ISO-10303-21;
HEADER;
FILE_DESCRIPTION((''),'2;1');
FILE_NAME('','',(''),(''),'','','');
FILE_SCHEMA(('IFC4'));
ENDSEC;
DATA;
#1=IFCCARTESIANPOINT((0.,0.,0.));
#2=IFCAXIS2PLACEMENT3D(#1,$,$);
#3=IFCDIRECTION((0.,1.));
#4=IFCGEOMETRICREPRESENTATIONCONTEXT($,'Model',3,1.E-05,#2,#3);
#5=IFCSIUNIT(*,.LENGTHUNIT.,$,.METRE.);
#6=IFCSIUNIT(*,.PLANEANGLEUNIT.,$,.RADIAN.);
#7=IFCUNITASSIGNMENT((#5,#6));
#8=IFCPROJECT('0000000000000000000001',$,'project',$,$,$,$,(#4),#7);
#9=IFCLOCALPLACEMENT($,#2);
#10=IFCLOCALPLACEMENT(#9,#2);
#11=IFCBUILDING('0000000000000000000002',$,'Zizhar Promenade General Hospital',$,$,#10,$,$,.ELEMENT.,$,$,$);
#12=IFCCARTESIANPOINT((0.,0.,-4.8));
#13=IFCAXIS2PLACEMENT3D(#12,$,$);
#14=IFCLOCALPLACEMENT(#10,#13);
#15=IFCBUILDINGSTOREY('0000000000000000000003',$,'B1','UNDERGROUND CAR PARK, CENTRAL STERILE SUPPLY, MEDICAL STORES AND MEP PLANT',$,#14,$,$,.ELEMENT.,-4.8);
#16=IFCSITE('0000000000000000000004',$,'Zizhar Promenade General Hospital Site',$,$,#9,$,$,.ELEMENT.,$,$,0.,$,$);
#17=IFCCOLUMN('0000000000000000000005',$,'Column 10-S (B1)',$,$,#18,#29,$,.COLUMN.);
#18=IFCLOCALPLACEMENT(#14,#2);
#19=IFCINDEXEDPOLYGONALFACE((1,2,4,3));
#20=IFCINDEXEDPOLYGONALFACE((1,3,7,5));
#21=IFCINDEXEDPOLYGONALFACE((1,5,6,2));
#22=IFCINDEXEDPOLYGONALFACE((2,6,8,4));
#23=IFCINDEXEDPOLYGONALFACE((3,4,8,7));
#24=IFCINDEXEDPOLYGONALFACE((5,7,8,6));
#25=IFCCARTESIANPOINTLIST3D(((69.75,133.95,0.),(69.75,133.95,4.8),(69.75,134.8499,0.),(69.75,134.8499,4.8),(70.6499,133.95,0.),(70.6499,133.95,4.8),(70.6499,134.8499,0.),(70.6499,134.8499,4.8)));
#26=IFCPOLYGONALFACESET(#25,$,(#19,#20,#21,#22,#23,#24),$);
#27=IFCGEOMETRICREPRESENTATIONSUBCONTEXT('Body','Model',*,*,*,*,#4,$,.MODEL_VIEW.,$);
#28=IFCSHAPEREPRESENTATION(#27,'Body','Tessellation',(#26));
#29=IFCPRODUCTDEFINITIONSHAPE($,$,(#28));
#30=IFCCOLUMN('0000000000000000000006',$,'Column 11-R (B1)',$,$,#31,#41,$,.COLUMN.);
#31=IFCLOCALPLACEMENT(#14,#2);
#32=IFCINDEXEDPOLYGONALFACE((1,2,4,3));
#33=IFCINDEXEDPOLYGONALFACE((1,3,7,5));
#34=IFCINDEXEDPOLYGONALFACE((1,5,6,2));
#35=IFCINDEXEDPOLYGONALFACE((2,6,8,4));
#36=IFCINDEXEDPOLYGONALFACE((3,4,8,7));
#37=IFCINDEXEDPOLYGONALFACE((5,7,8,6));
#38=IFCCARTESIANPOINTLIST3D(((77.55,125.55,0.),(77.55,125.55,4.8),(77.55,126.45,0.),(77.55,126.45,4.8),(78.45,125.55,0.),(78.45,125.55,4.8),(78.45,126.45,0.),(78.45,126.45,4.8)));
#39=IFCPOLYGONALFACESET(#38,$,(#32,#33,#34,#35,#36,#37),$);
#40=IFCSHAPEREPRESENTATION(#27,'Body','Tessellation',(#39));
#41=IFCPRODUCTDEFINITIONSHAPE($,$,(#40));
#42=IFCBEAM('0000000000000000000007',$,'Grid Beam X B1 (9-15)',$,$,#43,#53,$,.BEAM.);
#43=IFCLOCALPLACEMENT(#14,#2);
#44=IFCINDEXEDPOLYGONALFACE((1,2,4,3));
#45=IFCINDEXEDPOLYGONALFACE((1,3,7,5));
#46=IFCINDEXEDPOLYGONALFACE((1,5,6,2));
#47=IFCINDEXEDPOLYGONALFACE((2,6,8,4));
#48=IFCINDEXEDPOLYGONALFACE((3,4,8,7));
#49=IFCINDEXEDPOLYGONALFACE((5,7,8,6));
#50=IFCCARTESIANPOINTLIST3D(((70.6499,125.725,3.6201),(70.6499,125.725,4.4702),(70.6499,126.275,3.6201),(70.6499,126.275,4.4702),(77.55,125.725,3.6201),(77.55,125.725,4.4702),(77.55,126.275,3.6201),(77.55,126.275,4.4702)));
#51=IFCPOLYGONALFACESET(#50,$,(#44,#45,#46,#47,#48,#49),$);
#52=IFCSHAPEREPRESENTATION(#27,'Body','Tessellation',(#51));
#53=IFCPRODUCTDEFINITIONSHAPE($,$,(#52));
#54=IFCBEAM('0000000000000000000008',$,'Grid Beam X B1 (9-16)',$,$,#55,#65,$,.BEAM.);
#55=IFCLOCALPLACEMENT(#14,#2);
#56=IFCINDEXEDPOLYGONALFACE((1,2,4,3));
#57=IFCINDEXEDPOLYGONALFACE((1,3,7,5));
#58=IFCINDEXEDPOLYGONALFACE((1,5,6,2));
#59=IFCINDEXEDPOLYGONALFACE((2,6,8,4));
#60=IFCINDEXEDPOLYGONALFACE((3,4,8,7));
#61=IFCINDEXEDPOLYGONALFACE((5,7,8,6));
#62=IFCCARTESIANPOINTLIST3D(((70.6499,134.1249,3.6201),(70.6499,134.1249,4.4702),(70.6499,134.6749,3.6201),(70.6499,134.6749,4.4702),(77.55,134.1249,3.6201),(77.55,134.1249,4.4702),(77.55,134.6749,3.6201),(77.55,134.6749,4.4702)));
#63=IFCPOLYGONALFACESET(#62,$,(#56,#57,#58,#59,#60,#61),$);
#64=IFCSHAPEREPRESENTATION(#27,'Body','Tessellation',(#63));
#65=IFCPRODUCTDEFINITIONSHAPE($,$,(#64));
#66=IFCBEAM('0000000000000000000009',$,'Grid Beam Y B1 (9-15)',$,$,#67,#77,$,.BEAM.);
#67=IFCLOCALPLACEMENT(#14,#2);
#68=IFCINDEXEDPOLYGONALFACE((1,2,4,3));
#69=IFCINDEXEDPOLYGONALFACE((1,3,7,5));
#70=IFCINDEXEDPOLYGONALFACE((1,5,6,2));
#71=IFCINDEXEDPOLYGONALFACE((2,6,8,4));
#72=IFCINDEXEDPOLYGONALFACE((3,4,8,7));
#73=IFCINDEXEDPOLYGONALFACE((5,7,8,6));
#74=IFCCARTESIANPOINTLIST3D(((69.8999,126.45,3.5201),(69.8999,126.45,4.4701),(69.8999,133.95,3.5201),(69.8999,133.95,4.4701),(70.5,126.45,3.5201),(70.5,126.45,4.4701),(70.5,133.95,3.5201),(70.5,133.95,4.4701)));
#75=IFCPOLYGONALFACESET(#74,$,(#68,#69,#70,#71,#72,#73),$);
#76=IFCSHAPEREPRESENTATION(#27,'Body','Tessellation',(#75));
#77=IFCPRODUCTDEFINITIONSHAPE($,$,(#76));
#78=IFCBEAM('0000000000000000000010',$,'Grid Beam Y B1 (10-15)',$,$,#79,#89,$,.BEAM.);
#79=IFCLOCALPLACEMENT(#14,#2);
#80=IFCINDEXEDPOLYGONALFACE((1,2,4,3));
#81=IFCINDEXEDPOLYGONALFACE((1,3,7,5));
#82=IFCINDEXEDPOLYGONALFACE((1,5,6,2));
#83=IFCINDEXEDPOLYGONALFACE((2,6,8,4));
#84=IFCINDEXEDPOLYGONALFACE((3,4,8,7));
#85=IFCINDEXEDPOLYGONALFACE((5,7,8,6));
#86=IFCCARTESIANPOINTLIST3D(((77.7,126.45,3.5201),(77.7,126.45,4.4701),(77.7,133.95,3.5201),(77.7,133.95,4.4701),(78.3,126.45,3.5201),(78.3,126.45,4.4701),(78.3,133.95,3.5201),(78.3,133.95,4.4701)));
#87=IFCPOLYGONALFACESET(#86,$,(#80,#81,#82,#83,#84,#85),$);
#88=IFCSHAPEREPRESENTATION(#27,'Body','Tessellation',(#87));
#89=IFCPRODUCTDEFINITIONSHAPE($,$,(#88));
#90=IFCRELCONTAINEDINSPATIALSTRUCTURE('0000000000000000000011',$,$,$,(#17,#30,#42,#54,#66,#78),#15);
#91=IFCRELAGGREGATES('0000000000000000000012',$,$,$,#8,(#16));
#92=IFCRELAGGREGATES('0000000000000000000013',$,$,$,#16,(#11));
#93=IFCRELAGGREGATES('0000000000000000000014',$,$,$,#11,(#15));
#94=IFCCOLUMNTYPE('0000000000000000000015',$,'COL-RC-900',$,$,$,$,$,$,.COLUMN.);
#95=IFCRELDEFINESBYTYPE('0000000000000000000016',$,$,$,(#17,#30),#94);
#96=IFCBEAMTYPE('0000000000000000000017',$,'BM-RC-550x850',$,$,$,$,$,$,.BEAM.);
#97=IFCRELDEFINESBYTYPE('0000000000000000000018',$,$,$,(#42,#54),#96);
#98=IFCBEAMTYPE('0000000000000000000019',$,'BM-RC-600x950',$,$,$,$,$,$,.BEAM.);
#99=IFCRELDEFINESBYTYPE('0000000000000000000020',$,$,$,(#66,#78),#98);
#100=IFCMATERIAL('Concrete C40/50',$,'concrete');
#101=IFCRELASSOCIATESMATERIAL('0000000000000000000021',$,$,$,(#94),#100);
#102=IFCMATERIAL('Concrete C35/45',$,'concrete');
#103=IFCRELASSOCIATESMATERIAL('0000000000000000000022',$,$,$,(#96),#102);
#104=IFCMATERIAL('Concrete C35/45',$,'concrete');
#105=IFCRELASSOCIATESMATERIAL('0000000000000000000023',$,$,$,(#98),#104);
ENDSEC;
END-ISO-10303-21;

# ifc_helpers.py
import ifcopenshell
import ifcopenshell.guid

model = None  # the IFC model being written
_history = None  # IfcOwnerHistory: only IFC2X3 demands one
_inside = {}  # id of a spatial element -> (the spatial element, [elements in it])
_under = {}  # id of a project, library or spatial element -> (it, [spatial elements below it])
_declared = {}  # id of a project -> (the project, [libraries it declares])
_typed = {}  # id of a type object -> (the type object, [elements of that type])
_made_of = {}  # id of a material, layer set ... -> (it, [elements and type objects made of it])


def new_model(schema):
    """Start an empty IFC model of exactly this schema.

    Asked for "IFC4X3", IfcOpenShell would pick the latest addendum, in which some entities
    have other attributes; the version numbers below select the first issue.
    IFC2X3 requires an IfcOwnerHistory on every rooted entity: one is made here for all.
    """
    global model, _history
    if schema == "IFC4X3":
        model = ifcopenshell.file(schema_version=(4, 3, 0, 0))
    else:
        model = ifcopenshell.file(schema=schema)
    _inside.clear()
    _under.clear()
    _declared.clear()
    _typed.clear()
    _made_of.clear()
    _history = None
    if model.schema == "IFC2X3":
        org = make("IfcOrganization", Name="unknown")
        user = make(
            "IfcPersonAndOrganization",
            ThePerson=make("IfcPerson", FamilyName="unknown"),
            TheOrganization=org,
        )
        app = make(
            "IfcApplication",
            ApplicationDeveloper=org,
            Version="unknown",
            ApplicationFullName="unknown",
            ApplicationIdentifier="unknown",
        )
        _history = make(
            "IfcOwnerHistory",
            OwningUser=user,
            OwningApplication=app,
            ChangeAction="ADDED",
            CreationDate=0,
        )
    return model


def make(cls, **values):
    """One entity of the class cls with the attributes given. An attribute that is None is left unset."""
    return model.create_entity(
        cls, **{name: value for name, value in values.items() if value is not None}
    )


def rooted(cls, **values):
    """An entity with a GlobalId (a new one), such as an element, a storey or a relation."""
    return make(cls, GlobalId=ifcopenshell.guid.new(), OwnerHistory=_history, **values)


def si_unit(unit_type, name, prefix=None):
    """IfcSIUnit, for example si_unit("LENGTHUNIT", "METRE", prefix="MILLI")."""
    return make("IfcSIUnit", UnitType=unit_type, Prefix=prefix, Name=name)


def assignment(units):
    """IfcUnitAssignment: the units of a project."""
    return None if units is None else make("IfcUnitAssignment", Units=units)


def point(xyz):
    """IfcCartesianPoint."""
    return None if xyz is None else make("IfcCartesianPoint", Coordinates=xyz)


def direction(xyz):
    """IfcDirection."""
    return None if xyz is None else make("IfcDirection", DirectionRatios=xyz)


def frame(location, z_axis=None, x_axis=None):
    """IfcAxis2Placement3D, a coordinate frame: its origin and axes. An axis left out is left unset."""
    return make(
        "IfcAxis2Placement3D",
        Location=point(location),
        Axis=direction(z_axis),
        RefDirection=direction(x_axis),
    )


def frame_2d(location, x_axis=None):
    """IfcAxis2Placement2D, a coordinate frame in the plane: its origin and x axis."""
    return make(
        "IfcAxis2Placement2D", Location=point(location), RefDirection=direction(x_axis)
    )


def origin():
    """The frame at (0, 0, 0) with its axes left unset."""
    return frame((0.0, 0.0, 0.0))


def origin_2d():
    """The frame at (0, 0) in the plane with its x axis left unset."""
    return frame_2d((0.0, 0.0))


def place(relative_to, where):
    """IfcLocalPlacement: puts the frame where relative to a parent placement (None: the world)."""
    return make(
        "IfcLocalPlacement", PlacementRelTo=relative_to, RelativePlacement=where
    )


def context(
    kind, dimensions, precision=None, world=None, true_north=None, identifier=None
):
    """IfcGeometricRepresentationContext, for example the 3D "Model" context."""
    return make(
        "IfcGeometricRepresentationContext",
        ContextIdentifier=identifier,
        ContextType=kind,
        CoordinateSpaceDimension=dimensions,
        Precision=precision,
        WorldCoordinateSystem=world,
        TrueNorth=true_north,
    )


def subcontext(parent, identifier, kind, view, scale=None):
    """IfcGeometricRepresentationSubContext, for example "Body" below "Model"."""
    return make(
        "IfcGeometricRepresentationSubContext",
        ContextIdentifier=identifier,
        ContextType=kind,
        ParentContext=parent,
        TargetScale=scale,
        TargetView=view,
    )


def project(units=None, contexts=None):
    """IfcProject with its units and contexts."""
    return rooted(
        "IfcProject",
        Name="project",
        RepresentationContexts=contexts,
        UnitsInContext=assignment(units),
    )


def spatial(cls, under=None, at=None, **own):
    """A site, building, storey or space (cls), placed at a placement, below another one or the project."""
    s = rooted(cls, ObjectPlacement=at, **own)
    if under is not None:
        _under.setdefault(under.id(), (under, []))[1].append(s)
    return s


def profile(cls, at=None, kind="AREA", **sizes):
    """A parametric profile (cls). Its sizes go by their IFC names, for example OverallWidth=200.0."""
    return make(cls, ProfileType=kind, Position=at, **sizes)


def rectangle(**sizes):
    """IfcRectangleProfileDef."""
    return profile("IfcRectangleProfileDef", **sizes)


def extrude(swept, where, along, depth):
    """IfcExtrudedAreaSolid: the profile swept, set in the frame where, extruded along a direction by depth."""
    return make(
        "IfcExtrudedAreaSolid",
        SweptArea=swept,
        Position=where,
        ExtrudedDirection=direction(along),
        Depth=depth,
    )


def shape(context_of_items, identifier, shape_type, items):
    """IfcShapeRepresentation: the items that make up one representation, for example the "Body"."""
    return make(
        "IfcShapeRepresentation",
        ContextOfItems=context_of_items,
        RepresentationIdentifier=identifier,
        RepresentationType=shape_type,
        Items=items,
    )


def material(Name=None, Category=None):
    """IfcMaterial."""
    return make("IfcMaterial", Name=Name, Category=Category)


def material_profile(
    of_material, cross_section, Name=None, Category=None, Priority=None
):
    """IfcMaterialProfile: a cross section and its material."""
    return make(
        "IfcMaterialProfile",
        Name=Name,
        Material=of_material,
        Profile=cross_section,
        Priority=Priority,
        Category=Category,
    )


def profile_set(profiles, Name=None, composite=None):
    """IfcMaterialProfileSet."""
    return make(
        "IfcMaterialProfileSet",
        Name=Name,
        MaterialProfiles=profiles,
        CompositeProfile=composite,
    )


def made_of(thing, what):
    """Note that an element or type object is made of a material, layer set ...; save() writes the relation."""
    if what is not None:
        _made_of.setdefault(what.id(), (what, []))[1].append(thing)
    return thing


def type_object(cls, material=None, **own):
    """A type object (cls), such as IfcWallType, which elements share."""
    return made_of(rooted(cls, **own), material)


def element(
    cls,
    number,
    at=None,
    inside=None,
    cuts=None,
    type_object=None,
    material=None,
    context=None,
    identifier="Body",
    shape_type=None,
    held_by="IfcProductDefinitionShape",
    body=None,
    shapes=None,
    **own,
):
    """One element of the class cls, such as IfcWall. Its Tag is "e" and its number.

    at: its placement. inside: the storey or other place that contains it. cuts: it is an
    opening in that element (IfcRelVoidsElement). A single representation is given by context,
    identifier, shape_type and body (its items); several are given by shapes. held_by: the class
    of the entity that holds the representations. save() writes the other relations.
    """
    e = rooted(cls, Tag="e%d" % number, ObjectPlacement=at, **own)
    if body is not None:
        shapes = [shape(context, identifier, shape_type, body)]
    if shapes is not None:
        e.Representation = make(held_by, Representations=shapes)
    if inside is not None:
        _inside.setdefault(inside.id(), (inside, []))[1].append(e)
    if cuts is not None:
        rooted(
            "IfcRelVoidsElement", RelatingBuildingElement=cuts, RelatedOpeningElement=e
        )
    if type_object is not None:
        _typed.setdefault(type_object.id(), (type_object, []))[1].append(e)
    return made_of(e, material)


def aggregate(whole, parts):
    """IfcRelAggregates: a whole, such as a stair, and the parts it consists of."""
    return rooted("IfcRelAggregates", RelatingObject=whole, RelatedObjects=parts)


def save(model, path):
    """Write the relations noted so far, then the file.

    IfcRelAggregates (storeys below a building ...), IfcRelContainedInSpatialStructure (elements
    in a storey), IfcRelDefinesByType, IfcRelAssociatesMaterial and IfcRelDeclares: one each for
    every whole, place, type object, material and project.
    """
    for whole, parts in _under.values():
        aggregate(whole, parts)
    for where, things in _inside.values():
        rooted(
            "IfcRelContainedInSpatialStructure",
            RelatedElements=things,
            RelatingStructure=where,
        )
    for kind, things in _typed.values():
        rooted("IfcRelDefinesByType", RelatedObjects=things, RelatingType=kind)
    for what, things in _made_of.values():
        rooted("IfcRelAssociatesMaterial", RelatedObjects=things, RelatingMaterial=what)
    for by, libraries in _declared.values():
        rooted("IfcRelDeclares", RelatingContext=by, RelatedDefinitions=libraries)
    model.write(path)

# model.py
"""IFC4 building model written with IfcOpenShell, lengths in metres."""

from ifc_helpers import new_model, si_unit, direction, frame, origin, origin_2d, place, context, subcontext, project, spatial, rectangle, extrude, material, material_profile, profile_set, type_object, element, save


model = new_model("IFC4")

# Units and contexts
model_context = context("Model", 3, precision=1e-05, world=origin(), true_north=direction((0.0, 1.0)))
body_context = subcontext(model_context, "Body", "Model", "MODEL_VIEW")
ifc_project = project(units=[si_unit("LENGTHUNIT", "METRE"), si_unit("PLANEANGLEUNIT", "RADIAN")], contexts=[model_context])

# Site, building, storey
site_placement = place(None, origin())
site = spatial("IfcSite", under=ifc_project, at=site_placement, Name="Zizhar Promenade General Hospital Site", CompositionType="ELEMENT", RefElevation=0.0)
building_placement = place(site_placement, origin())
building = spatial("IfcBuilding", under=site, at=building_placement, Name="Zizhar Promenade General Hospital", CompositionType="ELEMENT")
storey_placement = place(building_placement, frame((0.0, 0.0, -4.8)))
storey = spatial("IfcBuildingStorey", under=building, at=storey_placement, Name="B1", Description="UNDERGROUND CAR PARK, CENTRAL STERILE SUPPLY, MEDICAL STORES AND MEP PLANT", CompositionType="ELEMENT", Elevation=-4.8)

# Columns
ifc_material_1 = material(Name="Concrete C40/50", Category="concrete")
ifc_material_profile_1 = material_profile(ifc_material_1, rectangle(XDim=0.8999, YDim=0.8999, at=origin_2d()))
ifc_profile_set_1 = profile_set([ifc_material_profile_1], Name="Concrete C40/50")
column_type = type_object("IfcColumnType", Name="COL-RC-900", PredefinedType="COLUMN", material=ifc_profile_set_1)
for number, where, z_axis, x_axis, name in (
    (1, (70.2, 134.3999, 0.0), (0.0, 0.0, 1.0), (1.0, 0.0, 0.0), "Column 10-S (B1)"),
    (2, (78.0, 126.0, 0.0), (0.0, 0.0, 1.0), (1.0, 0.0, 0.0), "Column 11-R (B1)"),
):
    element("IfcColumn", number, at=place(storey_placement, frame(where, z_axis=z_axis, x_axis=x_axis)), inside=storey, type_object=column_type, Name=name, PredefinedType="COLUMN", context=body_context, shape_type="SweptSolid", body=[
        extrude(rectangle(XDim=0.8999, YDim=0.8999, at=origin_2d()), origin(), (0.0, 0.0, 1.0), 4.8),
    ])

# Beams
ifc_material_2 = material(Name="Concrete C35/45", Category="concrete")
ifc_material_profile_2 = material_profile(ifc_material_2, rectangle(XDim=0.55, YDim=0.8501, at=origin_2d()))
ifc_profile_set_2 = profile_set([ifc_material_profile_2], Name="Concrete C35/45")
beam_type_1 = type_object("IfcBeamType", Name="BM-RC-550x850", PredefinedType="BEAM", material=ifc_profile_set_2)
for number, where, z_axis, x_axis, name in (
    (3, (70.6499, 126.0, 4.0452), (1.0, 0.0, 0.0), (0.0, 1.0, 0.0), "Grid Beam X B1 (9-15)"),
    (4, (70.6499, 134.3999, 4.0452), (1.0, 0.0, 0.0), (0.0, 1.0, 0.0), "Grid Beam X B1 (9-16)"),
):
    element("IfcBeam", number, at=place(storey_placement, frame(where, z_axis=z_axis, x_axis=x_axis)), inside=storey, type_object=beam_type_1, Name=name, PredefinedType="BEAM", context=body_context, shape_type="SweptSolid", body=[
        extrude(rectangle(XDim=0.55, YDim=0.8501, at=origin_2d()), origin(), (0.0, 0.0, 1.0), 6.9001),
    ])
ifc_material_3 = material(Name="Concrete C35/45", Category="concrete")
ifc_material_profile_3 = material_profile(ifc_material_3, rectangle(XDim=0.6001, YDim=0.95, at=origin_2d()))
ifc_profile_set_3 = profile_set([ifc_material_profile_3], Name="Concrete C35/45")
beam_type_2 = type_object("IfcBeamType", Name="BM-RC-600x950", PredefinedType="BEAM", material=ifc_profile_set_3)
for number, where, z_axis, x_axis, name in (
    (5, (70.2, 126.45, 3.9951), (0.0, 1.0, 0.0), (-1.0, 0.0, 0.0), "Grid Beam Y B1 (9-15)"),
    (6, (78.0, 126.45, 3.9951), (0.0, 1.0, 0.0), (-1.0, 0.0, 0.0), "Grid Beam Y B1 (10-15)"),
):
    element("IfcBeam", number, at=place(storey_placement, frame(where, z_axis=z_axis, x_axis=x_axis)), inside=storey, type_object=beam_type_2, Name=name, PredefinedType="BEAM", context=body_context, shape_type="SweptSolid", body=[
        extrude(rectangle(XDim=0.6001, YDim=0.95, at=origin_2d()), origin(), (0.0, 0.0, 1.0), 7.5),
    ])

save(model, "model.ifc")
